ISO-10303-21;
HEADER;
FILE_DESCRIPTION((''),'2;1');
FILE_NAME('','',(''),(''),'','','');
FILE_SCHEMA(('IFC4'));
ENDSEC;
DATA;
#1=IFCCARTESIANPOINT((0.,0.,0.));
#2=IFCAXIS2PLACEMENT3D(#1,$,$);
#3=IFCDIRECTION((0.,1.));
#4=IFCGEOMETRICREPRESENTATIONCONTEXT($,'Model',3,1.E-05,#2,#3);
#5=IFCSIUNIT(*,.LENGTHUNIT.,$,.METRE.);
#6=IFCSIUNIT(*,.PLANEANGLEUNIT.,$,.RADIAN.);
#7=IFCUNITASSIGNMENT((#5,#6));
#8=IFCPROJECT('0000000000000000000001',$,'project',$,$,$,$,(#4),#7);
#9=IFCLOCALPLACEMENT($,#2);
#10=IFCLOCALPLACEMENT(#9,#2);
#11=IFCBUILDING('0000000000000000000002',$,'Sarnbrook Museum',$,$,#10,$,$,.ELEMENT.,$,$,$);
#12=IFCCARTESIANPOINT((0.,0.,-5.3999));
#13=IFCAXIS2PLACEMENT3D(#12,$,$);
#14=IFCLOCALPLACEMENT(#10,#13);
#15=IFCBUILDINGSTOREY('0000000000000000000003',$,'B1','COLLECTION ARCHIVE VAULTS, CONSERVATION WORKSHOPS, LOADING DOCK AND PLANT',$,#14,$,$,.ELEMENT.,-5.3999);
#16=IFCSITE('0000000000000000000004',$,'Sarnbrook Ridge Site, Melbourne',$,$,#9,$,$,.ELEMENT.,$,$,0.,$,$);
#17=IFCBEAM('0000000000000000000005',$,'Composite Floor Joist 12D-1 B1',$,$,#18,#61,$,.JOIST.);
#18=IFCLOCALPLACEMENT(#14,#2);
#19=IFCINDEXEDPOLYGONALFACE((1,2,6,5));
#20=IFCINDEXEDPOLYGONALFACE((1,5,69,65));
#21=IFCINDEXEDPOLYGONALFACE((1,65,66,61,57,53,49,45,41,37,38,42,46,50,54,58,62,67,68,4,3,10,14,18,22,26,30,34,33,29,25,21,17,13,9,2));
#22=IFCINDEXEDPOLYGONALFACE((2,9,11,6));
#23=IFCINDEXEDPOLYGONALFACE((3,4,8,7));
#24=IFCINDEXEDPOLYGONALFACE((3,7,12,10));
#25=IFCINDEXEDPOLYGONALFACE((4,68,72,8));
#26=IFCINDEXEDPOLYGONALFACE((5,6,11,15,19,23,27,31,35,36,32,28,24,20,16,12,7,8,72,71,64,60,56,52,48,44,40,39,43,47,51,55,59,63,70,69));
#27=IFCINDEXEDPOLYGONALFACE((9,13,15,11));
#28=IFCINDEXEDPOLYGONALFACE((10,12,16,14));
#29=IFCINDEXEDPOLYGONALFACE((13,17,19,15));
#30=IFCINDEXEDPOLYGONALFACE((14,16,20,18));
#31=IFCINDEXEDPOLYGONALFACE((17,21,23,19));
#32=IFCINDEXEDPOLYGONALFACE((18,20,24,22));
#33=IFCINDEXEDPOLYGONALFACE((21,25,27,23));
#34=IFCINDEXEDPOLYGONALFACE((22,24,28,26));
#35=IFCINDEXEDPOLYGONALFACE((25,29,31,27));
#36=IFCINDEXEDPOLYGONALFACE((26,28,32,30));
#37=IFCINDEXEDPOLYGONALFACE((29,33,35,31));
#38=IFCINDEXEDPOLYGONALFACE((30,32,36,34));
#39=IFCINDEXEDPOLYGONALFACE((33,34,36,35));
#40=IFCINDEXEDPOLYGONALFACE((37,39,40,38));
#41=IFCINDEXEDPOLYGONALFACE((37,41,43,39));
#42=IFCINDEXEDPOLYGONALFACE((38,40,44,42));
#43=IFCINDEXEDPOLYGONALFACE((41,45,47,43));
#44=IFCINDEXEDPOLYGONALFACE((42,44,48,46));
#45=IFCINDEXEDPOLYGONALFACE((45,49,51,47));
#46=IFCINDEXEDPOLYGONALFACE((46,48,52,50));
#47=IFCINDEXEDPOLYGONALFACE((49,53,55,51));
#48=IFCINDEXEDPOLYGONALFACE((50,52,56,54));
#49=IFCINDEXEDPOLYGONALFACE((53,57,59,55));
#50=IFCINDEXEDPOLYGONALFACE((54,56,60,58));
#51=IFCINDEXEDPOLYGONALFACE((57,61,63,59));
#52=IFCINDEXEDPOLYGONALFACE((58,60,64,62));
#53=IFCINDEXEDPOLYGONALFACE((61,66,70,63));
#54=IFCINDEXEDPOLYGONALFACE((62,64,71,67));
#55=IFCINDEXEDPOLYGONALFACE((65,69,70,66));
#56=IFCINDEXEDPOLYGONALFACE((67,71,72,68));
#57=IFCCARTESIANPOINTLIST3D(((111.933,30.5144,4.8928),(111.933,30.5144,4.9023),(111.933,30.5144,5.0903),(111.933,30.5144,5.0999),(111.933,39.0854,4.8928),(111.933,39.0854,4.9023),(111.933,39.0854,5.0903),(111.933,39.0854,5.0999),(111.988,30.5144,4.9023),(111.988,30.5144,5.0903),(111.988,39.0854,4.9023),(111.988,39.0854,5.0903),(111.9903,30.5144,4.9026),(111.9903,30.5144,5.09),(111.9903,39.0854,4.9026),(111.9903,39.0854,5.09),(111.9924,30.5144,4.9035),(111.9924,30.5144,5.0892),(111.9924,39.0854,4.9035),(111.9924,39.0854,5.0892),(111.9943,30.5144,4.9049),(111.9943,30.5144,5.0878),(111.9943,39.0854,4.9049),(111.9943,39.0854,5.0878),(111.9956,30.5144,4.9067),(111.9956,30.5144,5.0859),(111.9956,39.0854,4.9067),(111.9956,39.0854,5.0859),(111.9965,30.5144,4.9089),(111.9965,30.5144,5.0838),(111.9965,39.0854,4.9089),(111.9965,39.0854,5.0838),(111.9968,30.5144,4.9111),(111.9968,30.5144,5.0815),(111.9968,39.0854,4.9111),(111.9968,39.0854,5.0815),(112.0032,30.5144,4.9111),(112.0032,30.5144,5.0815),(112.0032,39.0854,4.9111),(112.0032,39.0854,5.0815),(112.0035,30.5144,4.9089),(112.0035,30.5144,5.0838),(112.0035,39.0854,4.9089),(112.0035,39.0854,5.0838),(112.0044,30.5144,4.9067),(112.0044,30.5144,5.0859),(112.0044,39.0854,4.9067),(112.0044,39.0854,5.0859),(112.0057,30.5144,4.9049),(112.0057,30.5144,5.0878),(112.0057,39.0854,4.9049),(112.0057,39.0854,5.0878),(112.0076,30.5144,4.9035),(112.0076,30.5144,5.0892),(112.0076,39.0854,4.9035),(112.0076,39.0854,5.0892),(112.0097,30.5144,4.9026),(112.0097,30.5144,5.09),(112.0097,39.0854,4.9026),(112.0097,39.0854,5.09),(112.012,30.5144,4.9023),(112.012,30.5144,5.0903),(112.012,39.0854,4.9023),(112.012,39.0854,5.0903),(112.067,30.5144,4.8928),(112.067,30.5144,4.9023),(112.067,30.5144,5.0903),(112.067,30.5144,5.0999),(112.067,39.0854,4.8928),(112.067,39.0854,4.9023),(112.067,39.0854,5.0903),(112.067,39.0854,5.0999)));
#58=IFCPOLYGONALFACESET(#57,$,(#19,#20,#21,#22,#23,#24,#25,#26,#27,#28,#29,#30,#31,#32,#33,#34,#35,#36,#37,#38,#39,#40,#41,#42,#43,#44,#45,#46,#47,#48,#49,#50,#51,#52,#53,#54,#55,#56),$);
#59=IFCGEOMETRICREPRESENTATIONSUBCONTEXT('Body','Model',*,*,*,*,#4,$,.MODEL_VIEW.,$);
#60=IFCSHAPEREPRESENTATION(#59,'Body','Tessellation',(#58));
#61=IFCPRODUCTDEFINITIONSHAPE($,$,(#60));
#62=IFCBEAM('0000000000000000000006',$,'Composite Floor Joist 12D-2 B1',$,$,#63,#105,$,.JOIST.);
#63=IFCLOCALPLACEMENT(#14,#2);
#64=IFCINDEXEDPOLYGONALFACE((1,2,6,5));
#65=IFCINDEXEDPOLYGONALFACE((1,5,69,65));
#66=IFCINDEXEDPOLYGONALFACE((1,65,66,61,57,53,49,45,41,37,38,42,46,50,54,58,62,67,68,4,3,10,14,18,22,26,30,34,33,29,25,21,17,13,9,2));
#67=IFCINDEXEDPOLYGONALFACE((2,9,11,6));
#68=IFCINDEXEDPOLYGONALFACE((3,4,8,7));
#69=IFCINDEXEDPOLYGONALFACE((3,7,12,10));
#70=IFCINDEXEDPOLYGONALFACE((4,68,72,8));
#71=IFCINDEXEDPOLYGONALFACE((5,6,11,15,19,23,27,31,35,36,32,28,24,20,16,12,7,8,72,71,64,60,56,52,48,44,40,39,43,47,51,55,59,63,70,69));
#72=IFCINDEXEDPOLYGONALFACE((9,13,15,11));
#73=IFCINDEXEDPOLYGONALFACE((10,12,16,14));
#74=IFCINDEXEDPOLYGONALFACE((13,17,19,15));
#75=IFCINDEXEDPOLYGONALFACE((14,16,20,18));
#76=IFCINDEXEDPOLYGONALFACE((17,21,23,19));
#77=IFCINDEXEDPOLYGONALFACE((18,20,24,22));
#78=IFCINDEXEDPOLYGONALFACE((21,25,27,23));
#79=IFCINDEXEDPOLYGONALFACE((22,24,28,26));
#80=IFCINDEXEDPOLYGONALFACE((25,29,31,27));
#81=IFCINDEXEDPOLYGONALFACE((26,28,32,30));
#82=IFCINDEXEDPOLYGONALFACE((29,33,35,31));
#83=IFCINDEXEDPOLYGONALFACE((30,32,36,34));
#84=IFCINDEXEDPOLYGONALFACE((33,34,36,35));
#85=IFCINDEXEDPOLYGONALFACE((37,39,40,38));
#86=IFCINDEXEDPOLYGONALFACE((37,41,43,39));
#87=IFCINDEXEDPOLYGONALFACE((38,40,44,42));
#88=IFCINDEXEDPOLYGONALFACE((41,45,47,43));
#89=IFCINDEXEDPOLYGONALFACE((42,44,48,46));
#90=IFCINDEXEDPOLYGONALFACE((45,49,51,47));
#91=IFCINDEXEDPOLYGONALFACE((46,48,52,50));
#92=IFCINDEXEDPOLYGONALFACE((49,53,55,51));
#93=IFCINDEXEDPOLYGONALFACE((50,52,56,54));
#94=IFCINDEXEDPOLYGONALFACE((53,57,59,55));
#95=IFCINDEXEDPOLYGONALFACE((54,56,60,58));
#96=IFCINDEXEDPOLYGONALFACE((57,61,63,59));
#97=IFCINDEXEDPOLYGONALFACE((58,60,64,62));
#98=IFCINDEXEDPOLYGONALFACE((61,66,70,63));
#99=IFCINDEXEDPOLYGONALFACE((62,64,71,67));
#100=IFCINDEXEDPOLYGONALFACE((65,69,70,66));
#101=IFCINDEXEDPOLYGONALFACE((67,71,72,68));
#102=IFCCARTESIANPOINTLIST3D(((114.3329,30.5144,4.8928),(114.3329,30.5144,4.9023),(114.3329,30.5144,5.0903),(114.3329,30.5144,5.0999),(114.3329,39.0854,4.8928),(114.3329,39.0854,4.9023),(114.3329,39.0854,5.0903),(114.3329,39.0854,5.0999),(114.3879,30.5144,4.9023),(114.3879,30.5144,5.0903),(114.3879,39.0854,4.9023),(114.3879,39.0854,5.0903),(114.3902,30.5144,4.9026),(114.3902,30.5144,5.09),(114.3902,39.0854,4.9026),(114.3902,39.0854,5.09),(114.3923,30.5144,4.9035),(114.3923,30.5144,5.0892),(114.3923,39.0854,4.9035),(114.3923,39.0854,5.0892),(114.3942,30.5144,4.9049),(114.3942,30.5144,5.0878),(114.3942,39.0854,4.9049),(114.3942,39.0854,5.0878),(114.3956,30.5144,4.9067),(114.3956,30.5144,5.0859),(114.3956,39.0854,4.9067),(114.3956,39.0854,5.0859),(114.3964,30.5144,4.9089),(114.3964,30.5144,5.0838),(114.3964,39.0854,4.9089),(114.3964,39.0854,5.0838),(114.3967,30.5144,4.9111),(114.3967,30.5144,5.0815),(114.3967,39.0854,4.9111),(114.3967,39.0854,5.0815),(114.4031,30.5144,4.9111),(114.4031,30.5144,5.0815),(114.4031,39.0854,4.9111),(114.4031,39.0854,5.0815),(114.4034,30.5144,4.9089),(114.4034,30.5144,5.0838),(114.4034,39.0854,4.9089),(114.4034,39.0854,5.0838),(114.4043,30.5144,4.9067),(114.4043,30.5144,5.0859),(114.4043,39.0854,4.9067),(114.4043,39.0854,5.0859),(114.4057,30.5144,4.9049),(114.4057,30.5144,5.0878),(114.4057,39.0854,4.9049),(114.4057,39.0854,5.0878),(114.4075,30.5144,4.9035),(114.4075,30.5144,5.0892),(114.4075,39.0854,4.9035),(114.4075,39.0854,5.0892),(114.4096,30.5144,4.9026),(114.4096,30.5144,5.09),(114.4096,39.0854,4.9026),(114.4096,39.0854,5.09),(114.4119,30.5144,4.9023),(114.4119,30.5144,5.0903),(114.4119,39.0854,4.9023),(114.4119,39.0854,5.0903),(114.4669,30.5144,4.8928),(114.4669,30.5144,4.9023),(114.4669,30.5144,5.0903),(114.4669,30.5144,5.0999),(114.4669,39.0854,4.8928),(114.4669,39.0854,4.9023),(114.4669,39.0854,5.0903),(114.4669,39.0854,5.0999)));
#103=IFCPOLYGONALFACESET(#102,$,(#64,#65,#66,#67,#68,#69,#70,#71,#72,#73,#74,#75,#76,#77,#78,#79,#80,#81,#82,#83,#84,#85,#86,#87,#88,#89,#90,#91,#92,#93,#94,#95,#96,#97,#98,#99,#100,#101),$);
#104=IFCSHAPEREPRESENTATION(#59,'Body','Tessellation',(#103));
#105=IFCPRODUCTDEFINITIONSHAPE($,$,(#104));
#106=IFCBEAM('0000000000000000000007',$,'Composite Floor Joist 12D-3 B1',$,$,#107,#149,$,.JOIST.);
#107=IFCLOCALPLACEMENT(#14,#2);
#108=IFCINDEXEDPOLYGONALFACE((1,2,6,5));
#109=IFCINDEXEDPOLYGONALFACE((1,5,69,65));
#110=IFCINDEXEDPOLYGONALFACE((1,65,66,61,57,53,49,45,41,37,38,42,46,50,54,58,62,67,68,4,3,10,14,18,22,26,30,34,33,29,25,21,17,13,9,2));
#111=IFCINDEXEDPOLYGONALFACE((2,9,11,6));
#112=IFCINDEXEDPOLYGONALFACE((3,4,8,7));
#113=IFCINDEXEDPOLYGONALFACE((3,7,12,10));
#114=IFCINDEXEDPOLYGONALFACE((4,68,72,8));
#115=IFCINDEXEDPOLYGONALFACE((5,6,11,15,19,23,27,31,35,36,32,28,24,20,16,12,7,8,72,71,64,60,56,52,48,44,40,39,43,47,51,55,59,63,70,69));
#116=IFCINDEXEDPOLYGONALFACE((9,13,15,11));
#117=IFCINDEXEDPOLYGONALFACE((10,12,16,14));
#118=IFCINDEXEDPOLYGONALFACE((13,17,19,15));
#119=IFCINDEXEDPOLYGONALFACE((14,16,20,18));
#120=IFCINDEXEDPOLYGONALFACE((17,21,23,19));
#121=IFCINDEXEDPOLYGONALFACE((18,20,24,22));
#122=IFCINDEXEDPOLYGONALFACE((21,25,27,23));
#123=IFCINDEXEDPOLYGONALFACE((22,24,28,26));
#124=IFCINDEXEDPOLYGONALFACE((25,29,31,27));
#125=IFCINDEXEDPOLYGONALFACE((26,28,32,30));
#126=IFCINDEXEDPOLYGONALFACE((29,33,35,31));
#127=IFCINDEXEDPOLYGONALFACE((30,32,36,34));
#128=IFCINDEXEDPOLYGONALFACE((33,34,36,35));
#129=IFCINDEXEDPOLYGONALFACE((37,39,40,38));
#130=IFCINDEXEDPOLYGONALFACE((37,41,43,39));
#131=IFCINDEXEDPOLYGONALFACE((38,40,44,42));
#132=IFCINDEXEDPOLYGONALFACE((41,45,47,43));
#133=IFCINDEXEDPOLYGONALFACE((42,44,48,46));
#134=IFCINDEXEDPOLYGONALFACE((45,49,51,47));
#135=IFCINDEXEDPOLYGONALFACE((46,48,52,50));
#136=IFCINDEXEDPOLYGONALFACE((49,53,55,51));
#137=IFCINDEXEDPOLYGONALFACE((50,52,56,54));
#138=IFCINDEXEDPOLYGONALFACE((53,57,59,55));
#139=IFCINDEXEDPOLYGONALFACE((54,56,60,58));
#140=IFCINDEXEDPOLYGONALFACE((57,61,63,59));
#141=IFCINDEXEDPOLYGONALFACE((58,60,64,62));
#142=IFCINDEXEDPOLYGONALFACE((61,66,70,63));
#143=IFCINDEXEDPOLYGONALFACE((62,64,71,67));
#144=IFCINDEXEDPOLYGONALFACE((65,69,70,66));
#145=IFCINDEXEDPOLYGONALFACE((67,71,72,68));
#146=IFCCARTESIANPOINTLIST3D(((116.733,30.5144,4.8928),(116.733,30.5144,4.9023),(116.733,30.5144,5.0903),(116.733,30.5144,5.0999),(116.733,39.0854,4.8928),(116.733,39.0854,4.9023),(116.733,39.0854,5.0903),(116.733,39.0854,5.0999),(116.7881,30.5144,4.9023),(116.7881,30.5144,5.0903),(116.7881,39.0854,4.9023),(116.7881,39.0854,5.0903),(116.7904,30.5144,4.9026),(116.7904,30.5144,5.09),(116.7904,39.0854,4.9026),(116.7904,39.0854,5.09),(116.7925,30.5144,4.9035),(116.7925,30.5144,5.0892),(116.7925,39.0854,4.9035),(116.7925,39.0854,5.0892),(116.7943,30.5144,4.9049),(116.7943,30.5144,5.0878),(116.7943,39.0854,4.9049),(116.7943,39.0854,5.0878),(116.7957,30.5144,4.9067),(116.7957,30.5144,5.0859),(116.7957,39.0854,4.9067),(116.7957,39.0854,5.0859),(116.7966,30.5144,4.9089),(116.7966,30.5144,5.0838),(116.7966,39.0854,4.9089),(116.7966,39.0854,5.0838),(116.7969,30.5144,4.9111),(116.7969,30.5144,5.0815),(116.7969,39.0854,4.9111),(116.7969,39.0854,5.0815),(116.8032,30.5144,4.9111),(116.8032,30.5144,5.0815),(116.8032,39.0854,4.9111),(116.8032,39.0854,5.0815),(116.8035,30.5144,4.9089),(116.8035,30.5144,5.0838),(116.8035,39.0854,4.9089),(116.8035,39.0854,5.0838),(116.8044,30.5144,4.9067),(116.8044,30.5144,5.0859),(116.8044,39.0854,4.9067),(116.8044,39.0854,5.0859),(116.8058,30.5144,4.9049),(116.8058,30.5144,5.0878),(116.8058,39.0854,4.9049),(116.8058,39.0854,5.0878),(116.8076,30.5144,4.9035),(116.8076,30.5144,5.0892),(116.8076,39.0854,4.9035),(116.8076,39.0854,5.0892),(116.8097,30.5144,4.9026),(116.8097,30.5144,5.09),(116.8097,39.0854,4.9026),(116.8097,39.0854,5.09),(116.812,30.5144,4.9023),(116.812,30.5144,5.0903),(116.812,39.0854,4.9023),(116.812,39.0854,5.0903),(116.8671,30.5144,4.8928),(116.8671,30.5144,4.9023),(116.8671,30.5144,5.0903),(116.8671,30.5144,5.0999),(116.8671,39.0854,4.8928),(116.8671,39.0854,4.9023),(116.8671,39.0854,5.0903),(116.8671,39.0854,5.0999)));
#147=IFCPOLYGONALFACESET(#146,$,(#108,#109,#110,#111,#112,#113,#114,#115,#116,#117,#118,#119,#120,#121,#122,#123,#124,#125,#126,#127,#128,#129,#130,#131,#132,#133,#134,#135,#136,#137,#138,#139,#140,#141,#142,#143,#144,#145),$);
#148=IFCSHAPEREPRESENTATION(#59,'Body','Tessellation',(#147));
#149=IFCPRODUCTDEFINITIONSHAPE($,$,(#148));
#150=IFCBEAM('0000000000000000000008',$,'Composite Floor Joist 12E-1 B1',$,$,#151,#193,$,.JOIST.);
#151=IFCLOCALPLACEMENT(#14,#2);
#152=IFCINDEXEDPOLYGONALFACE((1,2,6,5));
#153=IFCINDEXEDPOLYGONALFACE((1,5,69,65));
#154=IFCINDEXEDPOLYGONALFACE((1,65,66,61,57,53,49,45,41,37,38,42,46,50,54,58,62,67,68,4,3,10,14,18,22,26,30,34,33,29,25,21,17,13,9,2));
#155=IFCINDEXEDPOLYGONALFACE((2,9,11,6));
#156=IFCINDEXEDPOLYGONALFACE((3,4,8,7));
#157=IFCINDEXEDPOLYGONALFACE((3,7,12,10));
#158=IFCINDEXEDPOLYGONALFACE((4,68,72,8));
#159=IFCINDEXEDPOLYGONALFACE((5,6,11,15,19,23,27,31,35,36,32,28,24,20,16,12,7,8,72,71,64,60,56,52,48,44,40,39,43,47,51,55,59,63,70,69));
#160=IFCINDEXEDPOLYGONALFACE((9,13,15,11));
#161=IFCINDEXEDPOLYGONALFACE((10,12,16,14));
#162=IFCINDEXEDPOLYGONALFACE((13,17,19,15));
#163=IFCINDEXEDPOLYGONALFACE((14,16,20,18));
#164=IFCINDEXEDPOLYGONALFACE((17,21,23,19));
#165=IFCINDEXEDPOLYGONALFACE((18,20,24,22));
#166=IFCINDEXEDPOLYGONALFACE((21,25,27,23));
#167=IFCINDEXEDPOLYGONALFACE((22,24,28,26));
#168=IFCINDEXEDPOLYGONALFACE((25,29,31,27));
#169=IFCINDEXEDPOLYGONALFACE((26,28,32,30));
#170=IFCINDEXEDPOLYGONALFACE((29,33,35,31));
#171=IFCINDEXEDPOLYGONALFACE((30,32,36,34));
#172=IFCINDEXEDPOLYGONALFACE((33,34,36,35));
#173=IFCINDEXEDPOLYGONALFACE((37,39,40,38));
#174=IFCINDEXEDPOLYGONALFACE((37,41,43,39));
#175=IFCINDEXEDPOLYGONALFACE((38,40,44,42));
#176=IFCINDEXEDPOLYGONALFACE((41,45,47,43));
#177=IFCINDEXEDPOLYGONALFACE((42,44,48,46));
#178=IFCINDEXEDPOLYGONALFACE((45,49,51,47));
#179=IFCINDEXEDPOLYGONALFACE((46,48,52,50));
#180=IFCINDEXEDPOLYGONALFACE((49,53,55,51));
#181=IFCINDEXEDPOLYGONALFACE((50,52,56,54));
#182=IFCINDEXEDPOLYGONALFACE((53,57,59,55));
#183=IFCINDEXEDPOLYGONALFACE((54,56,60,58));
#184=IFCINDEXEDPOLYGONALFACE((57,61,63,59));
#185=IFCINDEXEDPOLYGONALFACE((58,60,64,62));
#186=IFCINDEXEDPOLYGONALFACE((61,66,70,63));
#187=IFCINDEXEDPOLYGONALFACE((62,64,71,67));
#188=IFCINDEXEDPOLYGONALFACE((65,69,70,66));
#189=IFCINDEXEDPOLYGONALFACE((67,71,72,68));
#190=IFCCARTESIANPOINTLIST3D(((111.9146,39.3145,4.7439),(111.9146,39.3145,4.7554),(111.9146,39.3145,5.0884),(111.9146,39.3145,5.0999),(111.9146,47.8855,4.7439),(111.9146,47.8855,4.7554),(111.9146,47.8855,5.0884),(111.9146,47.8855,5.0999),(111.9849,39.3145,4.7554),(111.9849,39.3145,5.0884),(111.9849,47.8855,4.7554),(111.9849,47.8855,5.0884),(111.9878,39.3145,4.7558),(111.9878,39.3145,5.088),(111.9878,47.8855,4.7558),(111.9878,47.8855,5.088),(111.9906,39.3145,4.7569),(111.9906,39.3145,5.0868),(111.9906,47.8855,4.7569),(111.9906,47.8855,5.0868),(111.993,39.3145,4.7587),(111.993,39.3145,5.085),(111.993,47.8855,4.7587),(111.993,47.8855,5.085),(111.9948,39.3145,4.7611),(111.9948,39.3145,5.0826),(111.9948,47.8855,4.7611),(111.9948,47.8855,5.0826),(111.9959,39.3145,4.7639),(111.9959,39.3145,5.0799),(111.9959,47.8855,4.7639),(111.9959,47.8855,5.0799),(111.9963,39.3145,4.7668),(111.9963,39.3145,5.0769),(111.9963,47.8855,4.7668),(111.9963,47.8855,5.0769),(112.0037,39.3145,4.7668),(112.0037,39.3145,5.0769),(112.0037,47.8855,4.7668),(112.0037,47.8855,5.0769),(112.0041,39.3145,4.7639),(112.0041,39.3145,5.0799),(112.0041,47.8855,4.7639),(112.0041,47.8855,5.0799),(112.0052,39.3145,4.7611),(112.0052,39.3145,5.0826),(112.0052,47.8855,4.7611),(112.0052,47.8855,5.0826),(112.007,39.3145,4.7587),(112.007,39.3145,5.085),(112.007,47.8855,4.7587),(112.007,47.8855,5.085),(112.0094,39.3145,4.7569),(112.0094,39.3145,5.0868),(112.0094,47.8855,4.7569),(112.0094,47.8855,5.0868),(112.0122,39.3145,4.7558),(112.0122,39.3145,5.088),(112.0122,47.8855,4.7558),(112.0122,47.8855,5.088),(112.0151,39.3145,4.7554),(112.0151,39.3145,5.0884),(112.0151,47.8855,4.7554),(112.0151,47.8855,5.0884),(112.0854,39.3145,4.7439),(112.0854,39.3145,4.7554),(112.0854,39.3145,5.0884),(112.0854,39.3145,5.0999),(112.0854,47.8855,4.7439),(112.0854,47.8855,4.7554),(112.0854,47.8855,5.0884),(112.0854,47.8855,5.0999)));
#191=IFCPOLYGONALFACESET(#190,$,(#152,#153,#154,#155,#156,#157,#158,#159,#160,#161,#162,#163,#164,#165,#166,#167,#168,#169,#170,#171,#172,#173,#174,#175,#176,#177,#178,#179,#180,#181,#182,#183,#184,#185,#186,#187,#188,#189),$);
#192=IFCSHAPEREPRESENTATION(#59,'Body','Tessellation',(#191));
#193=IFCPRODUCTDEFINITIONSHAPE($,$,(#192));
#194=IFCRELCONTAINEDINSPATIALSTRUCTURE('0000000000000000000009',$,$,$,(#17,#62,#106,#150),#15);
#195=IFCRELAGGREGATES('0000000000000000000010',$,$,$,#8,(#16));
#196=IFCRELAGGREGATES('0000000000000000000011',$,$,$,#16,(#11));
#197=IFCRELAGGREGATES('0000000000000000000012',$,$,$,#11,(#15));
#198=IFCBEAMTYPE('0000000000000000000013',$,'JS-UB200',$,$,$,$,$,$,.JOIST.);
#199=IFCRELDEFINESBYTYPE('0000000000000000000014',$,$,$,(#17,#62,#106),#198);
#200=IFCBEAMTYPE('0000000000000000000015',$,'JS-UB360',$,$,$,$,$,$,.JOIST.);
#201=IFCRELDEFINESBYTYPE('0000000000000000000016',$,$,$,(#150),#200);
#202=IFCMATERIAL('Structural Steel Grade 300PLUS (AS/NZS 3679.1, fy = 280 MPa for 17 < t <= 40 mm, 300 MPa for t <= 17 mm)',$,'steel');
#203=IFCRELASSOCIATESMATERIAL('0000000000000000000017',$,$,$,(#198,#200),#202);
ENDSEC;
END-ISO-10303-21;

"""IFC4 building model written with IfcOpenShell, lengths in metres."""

from ifc_helpers import new_model, si_unit, direction, frame, origin, origin_2d, place, context, subcontext, project, spatial, i_section, extrude, material, material_profile, profile_set, type_object, element, save


model = new_model("IFC4")

# Units and contexts
model_context = context("Model", 3, precision=1e-05, world=origin(), true_north=direction((0.0, 1.0)))
body_context = subcontext(model_context, "Body", "Model", "MODEL_VIEW")
ifc_project = project(units=[si_unit("LENGTHUNIT", "METRE"), si_unit("PLANEANGLEUNIT", "RADIAN")], contexts=[model_context])

# Site, building, storey
site_placement = place(None, origin())
site = spatial("IfcSite", under=ifc_project, at=site_placement, Name="Sarnbrook Ridge Site, Melbourne", CompositionType="ELEMENT", RefElevation=0.0)
building_placement = place(site_placement, origin())
building = spatial("IfcBuilding", under=site, at=building_placement, Name="Sarnbrook Museum", CompositionType="ELEMENT")
storey_placement = place(building_placement, frame((0.0, 0.0, -5.3999)))
storey = spatial("IfcBuildingStorey", under=building, at=storey_placement, Name="B1", Description="COLLECTION ARCHIVE VAULTS, CONSERVATION WORKSHOPS, LOADING DOCK AND PLANT", CompositionType="ELEMENT", Elevation=-5.3999)

# Beams
ifc_material_1 = material(Name="Structural Steel Grade 300PLUS (AS/NZS 3679.1, fy = 280 MPa for 17 < t <= 40 mm, 300 MPa for t <= 17 mm)", Category="steel")
ifc_material_profile_1 = material_profile(ifc_material_1, i_section(OverallWidth=0.134, OverallDepth=0.207, WebThickness=0.0063, FlangeThickness=0.0095, FilletRadius=0.0088, at=origin_2d()), Name="200UB29.8")
ifc_profile_set_1 = profile_set([ifc_material_profile_1], Name="Structural Steel Grade 300PLUS (AS/NZS 3679.1, fy = 280 MPa for 17 < t <= 40 mm, 300 MPa for t <= 17 mm)")
beam_type_1 = type_object("IfcBeamType", Name="JS-UB200", PredefinedType="JOIST", material=ifc_profile_set_1)
for number, where, z_axis, x_axis, name in (
    (1, (112.0, 30.5144, 4.9963), (0.0, 1.0, 0.0), (-1.0, 0.0, 0.0), "Composite Floor Joist 12D-1 B1"),
    (2, (114.3999, 30.5144, 4.9963), (0.0, 1.0, 0.0), (-1.0, 0.0, 0.0), "Composite Floor Joist 12D-2 B1"),
    (3, (116.8, 30.5144, 4.9963), (0.0, 1.0, 0.0), (-1.0, 0.0, 0.0), "Composite Floor Joist 12D-3 B1"),
):
    element("IfcBeam", number, at=place(storey_placement, frame(where, z_axis=z_axis, x_axis=x_axis)), inside=storey, type_object=beam_type_1, Name=name, PredefinedType="JOIST", context=body_context, shape_type="SweptSolid", body=[
        extrude(i_section(OverallWidth=0.134, OverallDepth=0.207, WebThickness=0.0063, FlangeThickness=0.0095, FilletRadius=0.0088, at=origin_2d()), origin(), (0.0, 0.0, 1.0), 8.571),
    ])
ifc_material_profile_2 = material_profile(ifc_material_1, i_section(OverallWidth=0.1709, OverallDepth=0.356, WebThickness=0.0073, FlangeThickness=0.0115, FilletRadius=0.0115, at=origin_2d()), Name="360UB50.7")
ifc_profile_set_2 = profile_set([ifc_material_profile_2], Name="Structural Steel Grade 300PLUS (AS/NZS 3679.1, fy = 280 MPa for 17 < t <= 40 mm, 300 MPa for t <= 17 mm)")
beam_type_2 = type_object("IfcBeamType", Name="JS-UB360", PredefinedType="JOIST", material=ifc_profile_set_2)
for number, where, z_axis, x_axis, name in (
    (4, (112.0, 39.3145, 4.9219), (0.0, 1.0, 0.0), (-1.0, 0.0, 0.0), "Composite Floor Joist 12E-1 B1"),
):
    element("IfcBeam", number, at=place(storey_placement, frame(where, z_axis=z_axis, x_axis=x_axis)), inside=storey, type_object=beam_type_2, Name=name, PredefinedType="JOIST", context=body_context, shape_type="SweptSolid", body=[
        extrude(i_section(OverallWidth=0.1709, OverallDepth=0.356, WebThickness=0.0073, FlangeThickness=0.0115, FilletRadius=0.0115, at=origin_2d()), origin(), (0.0, 0.0, 1.0), 8.571),
    ])

save(model, "model.ifc")
